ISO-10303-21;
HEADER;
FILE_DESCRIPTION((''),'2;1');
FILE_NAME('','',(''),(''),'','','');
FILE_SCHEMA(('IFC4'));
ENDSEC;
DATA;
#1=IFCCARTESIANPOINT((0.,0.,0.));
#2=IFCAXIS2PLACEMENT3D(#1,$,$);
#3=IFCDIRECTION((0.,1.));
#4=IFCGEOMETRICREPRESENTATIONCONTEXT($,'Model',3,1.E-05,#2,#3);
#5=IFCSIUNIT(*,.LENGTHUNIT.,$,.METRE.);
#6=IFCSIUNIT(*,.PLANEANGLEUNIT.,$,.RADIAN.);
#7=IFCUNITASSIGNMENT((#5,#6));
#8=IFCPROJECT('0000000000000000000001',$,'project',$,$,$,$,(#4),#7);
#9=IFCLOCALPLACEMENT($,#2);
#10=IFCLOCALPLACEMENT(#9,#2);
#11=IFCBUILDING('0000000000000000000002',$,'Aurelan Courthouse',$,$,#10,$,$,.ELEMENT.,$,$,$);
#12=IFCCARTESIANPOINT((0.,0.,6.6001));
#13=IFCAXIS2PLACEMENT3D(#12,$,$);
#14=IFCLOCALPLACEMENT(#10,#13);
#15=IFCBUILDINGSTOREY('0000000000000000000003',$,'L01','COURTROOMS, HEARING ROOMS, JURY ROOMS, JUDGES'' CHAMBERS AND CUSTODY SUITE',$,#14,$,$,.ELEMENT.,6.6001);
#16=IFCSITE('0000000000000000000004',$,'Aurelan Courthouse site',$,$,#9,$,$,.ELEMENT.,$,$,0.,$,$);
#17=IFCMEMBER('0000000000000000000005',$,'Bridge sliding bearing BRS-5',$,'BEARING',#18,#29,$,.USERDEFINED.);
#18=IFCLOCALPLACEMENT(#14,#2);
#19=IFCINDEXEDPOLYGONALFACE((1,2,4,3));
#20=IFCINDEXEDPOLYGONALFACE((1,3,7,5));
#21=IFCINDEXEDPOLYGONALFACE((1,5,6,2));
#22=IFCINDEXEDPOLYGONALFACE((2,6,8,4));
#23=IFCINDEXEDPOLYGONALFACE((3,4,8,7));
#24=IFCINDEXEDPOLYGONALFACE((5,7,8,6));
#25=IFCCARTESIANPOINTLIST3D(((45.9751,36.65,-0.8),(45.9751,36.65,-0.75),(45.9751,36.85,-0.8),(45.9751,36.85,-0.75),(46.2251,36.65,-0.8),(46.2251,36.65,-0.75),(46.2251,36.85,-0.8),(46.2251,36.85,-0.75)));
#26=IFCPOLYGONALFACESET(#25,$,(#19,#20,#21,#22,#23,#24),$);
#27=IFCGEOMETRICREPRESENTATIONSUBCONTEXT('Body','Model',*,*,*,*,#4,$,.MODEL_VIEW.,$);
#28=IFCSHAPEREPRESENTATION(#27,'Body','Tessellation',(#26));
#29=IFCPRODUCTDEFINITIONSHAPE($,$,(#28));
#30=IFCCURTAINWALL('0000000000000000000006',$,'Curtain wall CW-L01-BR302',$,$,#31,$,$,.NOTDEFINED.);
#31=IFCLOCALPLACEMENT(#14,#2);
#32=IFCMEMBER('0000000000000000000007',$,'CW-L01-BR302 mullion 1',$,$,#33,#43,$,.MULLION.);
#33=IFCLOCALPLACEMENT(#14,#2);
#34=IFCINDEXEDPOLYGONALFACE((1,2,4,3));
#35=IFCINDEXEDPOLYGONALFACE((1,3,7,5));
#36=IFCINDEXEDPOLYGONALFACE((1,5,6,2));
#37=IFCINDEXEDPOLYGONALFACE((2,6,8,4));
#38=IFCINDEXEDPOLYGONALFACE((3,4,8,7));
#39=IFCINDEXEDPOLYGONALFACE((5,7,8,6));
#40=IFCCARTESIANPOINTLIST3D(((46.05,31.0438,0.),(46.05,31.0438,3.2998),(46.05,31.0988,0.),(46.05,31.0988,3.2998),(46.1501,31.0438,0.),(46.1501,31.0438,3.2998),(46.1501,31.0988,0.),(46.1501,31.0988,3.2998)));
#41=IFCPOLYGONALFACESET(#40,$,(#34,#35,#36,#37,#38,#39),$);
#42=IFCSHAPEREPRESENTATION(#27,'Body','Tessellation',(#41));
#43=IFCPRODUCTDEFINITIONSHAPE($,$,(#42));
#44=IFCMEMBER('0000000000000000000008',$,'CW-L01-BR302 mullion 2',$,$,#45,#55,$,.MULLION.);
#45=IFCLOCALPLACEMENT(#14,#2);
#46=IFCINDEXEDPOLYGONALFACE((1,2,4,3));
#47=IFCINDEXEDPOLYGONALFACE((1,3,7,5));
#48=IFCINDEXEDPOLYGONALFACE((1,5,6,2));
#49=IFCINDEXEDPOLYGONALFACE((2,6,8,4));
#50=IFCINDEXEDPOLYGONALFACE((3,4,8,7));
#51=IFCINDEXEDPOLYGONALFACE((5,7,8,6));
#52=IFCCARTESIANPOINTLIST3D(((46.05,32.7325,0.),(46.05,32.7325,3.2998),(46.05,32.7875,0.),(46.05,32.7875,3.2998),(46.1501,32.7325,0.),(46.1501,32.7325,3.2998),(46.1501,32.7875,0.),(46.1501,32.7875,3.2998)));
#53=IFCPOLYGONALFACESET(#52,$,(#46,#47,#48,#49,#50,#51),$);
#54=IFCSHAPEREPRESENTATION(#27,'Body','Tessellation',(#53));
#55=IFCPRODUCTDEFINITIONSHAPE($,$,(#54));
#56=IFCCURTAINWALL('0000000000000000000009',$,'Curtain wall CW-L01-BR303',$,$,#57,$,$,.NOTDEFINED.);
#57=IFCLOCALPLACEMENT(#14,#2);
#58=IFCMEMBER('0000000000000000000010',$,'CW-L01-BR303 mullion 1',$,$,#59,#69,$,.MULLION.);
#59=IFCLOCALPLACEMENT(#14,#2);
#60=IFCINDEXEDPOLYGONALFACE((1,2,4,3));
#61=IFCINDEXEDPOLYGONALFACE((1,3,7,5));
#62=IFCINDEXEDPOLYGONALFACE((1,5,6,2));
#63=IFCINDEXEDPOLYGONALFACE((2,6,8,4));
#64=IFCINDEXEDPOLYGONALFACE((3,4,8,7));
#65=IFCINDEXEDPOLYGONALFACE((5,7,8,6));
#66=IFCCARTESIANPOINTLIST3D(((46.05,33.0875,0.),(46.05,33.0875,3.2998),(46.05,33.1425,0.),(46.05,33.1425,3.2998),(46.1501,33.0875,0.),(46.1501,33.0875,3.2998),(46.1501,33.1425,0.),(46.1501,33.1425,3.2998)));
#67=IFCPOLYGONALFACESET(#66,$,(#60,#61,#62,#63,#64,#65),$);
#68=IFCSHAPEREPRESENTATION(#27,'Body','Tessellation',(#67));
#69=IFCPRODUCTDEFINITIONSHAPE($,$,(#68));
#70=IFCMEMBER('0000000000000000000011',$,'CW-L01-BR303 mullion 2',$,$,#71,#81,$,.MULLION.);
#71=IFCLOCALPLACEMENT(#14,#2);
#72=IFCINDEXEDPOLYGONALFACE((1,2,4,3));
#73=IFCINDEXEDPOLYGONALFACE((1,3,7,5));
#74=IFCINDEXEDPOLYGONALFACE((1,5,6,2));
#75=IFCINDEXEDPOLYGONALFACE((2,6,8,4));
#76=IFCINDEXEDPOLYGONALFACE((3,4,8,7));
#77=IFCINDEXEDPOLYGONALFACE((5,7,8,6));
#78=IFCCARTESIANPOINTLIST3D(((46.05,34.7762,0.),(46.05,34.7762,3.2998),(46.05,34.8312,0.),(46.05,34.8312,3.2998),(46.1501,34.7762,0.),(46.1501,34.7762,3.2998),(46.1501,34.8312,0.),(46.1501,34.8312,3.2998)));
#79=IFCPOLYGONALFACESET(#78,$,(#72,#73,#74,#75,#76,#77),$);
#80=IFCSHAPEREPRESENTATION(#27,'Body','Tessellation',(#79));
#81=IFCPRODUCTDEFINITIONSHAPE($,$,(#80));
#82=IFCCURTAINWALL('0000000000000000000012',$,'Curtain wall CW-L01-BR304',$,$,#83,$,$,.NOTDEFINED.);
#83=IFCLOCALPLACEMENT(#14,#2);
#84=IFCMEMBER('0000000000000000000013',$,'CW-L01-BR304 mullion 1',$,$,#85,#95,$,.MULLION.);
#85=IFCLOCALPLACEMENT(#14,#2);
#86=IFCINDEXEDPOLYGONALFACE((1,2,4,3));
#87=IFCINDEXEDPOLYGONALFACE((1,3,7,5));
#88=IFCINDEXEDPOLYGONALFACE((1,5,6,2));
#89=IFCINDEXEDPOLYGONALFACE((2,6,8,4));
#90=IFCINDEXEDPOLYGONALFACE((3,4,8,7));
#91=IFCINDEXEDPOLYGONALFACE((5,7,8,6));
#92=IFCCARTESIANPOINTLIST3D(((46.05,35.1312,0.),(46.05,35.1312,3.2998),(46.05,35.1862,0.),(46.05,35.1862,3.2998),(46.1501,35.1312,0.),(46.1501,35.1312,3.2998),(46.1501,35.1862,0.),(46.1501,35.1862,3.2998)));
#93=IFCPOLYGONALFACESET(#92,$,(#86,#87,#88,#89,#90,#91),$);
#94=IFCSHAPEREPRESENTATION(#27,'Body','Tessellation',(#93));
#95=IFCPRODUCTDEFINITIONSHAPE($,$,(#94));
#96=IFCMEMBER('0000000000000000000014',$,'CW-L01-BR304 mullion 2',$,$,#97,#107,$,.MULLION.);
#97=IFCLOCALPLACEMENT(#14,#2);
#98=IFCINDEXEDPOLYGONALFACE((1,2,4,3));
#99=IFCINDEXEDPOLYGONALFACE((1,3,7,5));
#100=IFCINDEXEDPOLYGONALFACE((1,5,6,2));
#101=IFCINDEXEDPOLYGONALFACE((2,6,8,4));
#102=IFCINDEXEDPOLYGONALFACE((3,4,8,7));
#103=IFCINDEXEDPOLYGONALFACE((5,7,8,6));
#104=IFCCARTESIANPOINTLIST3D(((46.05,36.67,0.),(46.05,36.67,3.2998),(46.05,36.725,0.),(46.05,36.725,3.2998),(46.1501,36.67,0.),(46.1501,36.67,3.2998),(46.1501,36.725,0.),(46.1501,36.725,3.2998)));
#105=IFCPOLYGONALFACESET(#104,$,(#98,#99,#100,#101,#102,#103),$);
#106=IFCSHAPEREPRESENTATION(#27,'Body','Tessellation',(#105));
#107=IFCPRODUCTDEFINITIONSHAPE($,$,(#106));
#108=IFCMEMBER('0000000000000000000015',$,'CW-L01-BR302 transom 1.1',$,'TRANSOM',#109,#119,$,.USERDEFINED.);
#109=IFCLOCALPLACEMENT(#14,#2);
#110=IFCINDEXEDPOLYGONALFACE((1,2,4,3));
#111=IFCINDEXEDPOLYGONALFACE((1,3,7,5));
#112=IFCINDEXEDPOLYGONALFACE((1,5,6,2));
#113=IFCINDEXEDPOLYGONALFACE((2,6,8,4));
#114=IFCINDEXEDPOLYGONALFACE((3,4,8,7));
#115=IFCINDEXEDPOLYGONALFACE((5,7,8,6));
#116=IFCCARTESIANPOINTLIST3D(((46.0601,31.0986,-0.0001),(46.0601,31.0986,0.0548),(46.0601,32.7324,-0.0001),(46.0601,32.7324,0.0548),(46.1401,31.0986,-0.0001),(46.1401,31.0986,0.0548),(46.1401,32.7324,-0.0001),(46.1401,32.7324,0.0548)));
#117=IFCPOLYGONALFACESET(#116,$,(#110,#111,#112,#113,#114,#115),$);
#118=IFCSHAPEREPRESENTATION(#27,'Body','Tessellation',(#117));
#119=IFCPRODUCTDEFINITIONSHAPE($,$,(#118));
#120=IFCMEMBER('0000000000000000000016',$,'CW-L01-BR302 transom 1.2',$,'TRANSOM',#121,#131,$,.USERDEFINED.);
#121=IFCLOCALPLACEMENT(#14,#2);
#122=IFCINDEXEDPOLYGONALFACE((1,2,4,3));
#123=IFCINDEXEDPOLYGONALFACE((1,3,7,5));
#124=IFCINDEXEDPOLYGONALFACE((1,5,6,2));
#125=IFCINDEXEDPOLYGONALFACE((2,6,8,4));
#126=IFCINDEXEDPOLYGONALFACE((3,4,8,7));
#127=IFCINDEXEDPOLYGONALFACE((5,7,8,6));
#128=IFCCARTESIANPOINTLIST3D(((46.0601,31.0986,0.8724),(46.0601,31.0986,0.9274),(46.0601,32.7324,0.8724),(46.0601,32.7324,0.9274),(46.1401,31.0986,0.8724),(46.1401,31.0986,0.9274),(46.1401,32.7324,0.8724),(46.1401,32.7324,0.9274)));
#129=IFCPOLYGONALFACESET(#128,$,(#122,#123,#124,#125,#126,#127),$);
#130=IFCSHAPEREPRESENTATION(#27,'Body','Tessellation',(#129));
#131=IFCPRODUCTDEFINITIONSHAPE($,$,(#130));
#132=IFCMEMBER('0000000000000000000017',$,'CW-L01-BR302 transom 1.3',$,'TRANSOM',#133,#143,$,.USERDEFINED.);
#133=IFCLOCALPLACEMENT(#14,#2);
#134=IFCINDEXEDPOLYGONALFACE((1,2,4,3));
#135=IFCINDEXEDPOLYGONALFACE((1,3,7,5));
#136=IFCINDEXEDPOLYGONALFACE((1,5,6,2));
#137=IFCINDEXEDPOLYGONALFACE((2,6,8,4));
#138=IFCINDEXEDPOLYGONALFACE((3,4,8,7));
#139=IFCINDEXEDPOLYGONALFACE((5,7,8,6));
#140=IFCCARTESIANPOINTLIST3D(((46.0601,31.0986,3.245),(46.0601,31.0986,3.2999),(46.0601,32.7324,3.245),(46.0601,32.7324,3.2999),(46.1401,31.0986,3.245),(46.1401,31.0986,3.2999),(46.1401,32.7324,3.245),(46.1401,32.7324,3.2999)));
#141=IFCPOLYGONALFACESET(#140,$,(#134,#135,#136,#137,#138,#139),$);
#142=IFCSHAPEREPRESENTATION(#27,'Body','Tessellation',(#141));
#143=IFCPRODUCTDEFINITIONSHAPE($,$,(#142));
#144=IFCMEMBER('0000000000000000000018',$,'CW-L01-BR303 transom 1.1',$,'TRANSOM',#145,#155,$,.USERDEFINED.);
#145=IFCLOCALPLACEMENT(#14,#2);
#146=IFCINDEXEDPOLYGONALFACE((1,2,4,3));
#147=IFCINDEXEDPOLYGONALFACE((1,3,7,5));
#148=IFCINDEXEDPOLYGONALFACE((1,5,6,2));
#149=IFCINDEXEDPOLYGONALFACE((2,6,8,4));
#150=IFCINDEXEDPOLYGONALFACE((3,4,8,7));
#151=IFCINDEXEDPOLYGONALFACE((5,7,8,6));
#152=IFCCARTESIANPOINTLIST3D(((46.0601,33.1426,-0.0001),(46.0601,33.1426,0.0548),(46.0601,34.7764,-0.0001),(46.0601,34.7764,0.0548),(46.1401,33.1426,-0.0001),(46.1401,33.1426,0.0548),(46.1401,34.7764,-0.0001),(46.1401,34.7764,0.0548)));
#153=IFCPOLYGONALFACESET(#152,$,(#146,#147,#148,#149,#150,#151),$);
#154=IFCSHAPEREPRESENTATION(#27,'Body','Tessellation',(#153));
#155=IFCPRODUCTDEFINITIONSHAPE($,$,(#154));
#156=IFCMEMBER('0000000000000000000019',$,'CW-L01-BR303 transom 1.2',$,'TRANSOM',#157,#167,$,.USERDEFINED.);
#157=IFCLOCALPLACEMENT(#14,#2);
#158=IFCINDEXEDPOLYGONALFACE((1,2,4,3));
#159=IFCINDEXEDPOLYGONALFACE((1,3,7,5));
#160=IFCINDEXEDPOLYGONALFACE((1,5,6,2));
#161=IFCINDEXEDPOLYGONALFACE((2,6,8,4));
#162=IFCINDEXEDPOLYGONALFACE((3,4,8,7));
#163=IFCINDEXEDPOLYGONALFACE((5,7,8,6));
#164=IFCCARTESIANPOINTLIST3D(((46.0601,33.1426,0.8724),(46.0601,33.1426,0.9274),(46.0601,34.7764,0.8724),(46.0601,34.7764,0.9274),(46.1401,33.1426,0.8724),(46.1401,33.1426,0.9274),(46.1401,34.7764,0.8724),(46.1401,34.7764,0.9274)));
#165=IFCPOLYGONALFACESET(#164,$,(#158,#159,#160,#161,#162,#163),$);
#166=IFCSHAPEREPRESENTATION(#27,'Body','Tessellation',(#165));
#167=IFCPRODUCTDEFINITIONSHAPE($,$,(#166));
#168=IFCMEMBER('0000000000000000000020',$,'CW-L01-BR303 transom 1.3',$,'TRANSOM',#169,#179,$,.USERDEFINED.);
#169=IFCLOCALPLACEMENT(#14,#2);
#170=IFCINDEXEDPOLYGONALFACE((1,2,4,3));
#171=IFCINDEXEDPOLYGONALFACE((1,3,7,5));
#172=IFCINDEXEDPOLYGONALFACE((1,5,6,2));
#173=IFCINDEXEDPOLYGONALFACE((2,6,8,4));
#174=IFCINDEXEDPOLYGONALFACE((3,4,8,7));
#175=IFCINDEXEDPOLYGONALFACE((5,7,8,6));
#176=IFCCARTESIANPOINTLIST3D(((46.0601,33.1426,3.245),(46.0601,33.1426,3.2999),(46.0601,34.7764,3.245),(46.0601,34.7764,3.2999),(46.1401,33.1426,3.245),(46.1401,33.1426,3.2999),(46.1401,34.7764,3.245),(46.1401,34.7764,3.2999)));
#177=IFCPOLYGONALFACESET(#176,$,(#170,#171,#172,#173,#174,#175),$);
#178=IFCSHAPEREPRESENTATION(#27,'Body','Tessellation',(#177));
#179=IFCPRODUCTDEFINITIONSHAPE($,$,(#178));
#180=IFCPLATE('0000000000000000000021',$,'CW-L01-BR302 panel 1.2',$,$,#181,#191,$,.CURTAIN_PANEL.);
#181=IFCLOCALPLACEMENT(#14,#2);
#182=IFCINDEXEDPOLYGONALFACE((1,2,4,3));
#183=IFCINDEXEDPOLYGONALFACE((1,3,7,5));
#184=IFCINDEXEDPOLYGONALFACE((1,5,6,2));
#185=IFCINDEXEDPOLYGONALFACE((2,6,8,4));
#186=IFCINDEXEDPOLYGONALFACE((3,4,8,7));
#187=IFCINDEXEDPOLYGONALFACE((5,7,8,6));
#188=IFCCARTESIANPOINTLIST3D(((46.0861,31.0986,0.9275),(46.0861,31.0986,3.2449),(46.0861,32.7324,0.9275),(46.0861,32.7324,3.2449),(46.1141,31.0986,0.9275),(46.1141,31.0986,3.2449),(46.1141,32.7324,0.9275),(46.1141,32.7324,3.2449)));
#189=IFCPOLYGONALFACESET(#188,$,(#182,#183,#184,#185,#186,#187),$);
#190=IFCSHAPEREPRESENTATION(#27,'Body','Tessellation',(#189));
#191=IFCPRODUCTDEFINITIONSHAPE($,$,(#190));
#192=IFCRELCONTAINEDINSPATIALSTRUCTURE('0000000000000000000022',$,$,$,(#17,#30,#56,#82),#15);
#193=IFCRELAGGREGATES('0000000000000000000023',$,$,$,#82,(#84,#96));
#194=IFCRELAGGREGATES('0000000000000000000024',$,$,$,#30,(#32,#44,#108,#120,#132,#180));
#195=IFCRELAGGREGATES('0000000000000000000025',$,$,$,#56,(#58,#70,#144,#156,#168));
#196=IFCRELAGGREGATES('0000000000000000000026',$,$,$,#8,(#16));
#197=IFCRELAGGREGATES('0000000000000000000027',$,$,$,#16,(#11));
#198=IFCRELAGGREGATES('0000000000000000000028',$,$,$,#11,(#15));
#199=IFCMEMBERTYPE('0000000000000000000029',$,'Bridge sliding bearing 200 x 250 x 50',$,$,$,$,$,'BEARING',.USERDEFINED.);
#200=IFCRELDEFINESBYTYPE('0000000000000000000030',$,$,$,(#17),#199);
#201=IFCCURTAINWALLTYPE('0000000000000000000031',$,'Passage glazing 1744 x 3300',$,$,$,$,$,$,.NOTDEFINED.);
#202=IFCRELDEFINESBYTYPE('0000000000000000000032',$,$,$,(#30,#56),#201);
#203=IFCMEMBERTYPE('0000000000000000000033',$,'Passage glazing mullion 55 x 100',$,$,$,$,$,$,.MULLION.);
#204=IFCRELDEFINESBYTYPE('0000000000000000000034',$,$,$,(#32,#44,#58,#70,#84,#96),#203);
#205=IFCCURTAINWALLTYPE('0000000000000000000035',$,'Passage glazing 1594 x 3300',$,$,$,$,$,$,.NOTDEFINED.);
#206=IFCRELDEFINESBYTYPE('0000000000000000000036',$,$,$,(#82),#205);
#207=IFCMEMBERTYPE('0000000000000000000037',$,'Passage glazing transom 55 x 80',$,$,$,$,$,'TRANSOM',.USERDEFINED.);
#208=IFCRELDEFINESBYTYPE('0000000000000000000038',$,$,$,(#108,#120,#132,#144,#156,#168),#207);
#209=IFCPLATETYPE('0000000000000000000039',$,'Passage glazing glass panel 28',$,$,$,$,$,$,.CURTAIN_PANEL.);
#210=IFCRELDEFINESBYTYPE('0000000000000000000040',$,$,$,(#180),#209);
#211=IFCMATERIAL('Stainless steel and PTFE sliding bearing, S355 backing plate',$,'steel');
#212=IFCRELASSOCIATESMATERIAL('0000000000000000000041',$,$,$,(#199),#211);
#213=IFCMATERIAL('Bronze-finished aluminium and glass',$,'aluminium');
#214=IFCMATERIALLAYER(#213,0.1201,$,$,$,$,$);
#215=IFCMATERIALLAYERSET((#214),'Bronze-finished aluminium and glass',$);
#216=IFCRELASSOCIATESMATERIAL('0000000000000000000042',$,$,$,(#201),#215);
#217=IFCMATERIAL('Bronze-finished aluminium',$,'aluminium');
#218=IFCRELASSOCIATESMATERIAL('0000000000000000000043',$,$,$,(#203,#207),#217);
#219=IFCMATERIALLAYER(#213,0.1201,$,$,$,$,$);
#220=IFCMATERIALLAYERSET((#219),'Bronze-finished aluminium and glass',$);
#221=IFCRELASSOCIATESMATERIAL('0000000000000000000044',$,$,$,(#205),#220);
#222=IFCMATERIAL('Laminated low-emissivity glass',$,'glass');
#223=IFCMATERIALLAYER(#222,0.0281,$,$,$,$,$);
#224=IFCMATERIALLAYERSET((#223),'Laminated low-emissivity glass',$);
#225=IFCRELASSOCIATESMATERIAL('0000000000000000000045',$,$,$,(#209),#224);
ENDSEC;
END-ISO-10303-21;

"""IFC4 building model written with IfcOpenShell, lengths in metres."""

from ifc_helpers import new_model, si_unit, direction, frame, origin, origin_2d, place, context, subcontext, project, spatial, rectangle, extrude, material, layer, layer_set, material_profile, profile_set, type_object, element, aggregate, save


model = new_model("IFC4")

# Units and contexts
model_context = context("Model", 3, precision=1e-05, world=origin(), true_north=direction((0.0, 1.0)))
body_context = subcontext(model_context, "Body", "Model", "MODEL_VIEW")
ifc_project = project(units=[si_unit("LENGTHUNIT", "METRE"), si_unit("PLANEANGLEUNIT", "RADIAN")], contexts=[model_context])

# Site, building, storey
site_placement = place(None, origin())
site = spatial("IfcSite", under=ifc_project, at=site_placement, Name="Aurelan Courthouse site", CompositionType="ELEMENT", RefElevation=0.0)
building_placement = place(site_placement, origin())
building = spatial("IfcBuilding", under=site, at=building_placement, Name="Aurelan Courthouse", CompositionType="ELEMENT")
storey_placement = place(building_placement, frame((0.0, 0.0, 6.6001)))
storey = spatial("IfcBuildingStorey", under=building, at=storey_placement, Name="L01", Description="COURTROOMS, HEARING ROOMS, JURY ROOMS, JUDGES' CHAMBERS AND CUSTODY SUITE", CompositionType="ELEMENT", Elevation=6.6001)

# Member
ifc_material_1 = material(Name="Stainless steel and PTFE sliding bearing, S355 backing plate", Category="steel")
ifc_material_profile_1 = material_profile(ifc_material_1, rectangle(XDim=0.2, YDim=0.25, at=origin_2d()), Name="PL 200 x 250")
ifc_profile_set_1 = profile_set([ifc_material_profile_1], Name="Stainless steel and PTFE sliding bearing, S355 backing plate")
member_type_1 = type_object("IfcMemberType", Name="Bridge sliding bearing 200 x 250 x 50", ElementType="BEARING", PredefinedType="USERDEFINED", material=ifc_profile_set_1)
member_1_placement = place(storey_placement, frame((46.1001, 36.75, -0.8), z_axis=(0.0, 0.0, 1.0), x_axis=(0.0, 1.0, 0.0)))
element("IfcMember", 1, at=member_1_placement, inside=storey, type_object=member_type_1, Name="Bridge sliding bearing BRS-5", ObjectType="BEARING", PredefinedType="USERDEFINED", context=body_context, shape_type="SweptSolid", body=[
    extrude(rectangle(XDim=0.2, YDim=0.25, at=origin_2d()), origin(), (0.0, 0.0, 1.0), 0.05),
])

# Curtain walls, members
ifc_material_2 = material(Name="Bronze-finished aluminium and glass", Category="aluminium")
ifc_layer_1 = layer(ifc_material_2, 0.1201)
ifc_layer_set_1 = layer_set([ifc_layer_1], Name="Bronze-finished aluminium and glass")
curtain_wall_type_1 = type_object("IfcCurtainWallType", Name="Passage glazing 1744 x 3300", PredefinedType="NOTDEFINED", material=ifc_layer_set_1)
curtain_wall_1_placement = place(storey_placement, origin())
curtain_wall_1 = element("IfcCurtainWall", 2, at=curtain_wall_1_placement, inside=storey, type_object=curtain_wall_type_1, Name="Curtain wall CW-L01-BR302", PredefinedType="NOTDEFINED")
ifc_material_3 = material(Name="Bronze-finished aluminium", Category="aluminium")
ifc_material_profile_2 = material_profile(ifc_material_3, rectangle(XDim=0.1001, YDim=0.0549, at=origin_2d()), Name="Passage glazing mullion 55 x 100")
ifc_profile_set_2 = profile_set([ifc_material_profile_2], Name="Bronze-finished aluminium")
member_type_2 = type_object("IfcMemberType", Name="Passage glazing mullion 55 x 100", PredefinedType="MULLION", material=ifc_profile_set_2)
member_2_placement = place(storey_placement, frame((46.1001, 31.0713, 0.0), z_axis=(0.0, 0.0, 1.0), x_axis=(-1.0, 0.0, 0.0)))
member_2 = element("IfcMember", 3, at=member_2_placement, type_object=member_type_2, Name="CW-L01-BR302 mullion 1", PredefinedType="MULLION", context=body_context, shape_type="SweptSolid", body=[
    extrude(rectangle(XDim=0.1001, YDim=0.0549, at=origin_2d()), origin(), (0.0, 0.0, 1.0), 3.2998),
])
member_3_placement = place(storey_placement, frame((46.1001, 32.76, 0.0), z_axis=(0.0, 0.0, 1.0), x_axis=(-1.0, 0.0, 0.0)))
member_3 = element("IfcMember", 4, at=member_3_placement, type_object=member_type_2, Name="CW-L01-BR302 mullion 2", PredefinedType="MULLION", context=body_context, shape_type="SweptSolid", body=[
    extrude(rectangle(XDim=0.1001, YDim=0.0549, at=origin_2d()), origin(), (0.0, 0.0, 1.0), 3.2998),
])
curtain_wall_2_placement = place(storey_placement, origin())
curtain_wall_2 = element("IfcCurtainWall", 5, at=curtain_wall_2_placement, inside=storey, type_object=curtain_wall_type_1, Name="Curtain wall CW-L01-BR303", PredefinedType="NOTDEFINED")
member_4_placement = place(storey_placement, frame((46.1001, 33.115, 0.0), z_axis=(0.0, 0.0, 1.0), x_axis=(-1.0, 0.0, 0.0)))
member_4 = element("IfcMember", 6, at=member_4_placement, type_object=member_type_2, Name="CW-L01-BR303 mullion 1", PredefinedType="MULLION", context=body_context, shape_type="SweptSolid", body=[
    extrude(rectangle(XDim=0.1001, YDim=0.0549, at=origin_2d()), origin(), (0.0, 0.0, 1.0), 3.2998),
])
member_5_placement = place(storey_placement, frame((46.1001, 34.8037, 0.0), z_axis=(0.0, 0.0, 1.0), x_axis=(-1.0, 0.0, 0.0)))
member_5 = element("IfcMember", 7, at=member_5_placement, type_object=member_type_2, Name="CW-L01-BR303 mullion 2", PredefinedType="MULLION", context=body_context, shape_type="SweptSolid", body=[
    extrude(rectangle(XDim=0.1001, YDim=0.0549, at=origin_2d()), origin(), (0.0, 0.0, 1.0), 3.2998),
])
ifc_layer_2 = layer(ifc_material_2, 0.1201)
ifc_layer_set_2 = layer_set([ifc_layer_2], Name="Bronze-finished aluminium and glass")
curtain_wall_type_2 = type_object("IfcCurtainWallType", Name="Passage glazing 1594 x 3300", PredefinedType="NOTDEFINED", material=ifc_layer_set_2)
curtain_wall_3_placement = place(storey_placement, origin())
curtain_wall_3 = element("IfcCurtainWall", 8, at=curtain_wall_3_placement, inside=storey, type_object=curtain_wall_type_2, Name="Curtain wall CW-L01-BR304", PredefinedType="NOTDEFINED")
member_6_placement = place(storey_placement, frame((46.1001, 35.1587, 0.0), z_axis=(0.0, 0.0, 1.0), x_axis=(-1.0, 0.0, 0.0)))
member_6 = element("IfcMember", 9, at=member_6_placement, type_object=member_type_2, Name="CW-L01-BR304 mullion 1", PredefinedType="MULLION", context=body_context, shape_type="SweptSolid", body=[
    extrude(rectangle(XDim=0.1001, YDim=0.0549, at=origin_2d()), origin(), (0.0, 0.0, 1.0), 3.2998),
])
member_7_placement = place(storey_placement, frame((46.1001, 36.6975, 0.0), z_axis=(0.0, 0.0, 1.0), x_axis=(-1.0, 0.0, 0.0)))
member_7 = element("IfcMember", 10, at=member_7_placement, type_object=member_type_2, Name="CW-L01-BR304 mullion 2", PredefinedType="MULLION", context=body_context, shape_type="SweptSolid", body=[
    extrude(rectangle(XDim=0.1001, YDim=0.0549, at=origin_2d()), origin(), (0.0, 0.0, 1.0), 3.2998),
])
aggregate(curtain_wall_3, [member_6, member_7])

# Members
ifc_material_profile_3 = material_profile(ifc_material_3, rectangle(XDim=0.0801, YDim=0.0549, at=origin_2d()), Name="Passage glazing transom 55 x 80")
ifc_profile_set_3 = profile_set([ifc_material_profile_3], Name="Bronze-finished aluminium")
member_type_3 = type_object("IfcMemberType", Name="Passage glazing transom 55 x 80", ElementType="TRANSOM", PredefinedType="USERDEFINED", material=ifc_profile_set_3)
member_8_placement = place(storey_placement, frame((46.1001, 31.0986, 0.0273), z_axis=(0.0, 1.0, 0.0), x_axis=(-1.0, 0.0, 0.0)))
member_8 = element("IfcMember", 11, at=member_8_placement, type_object=member_type_3, Name="CW-L01-BR302 transom 1.1", ObjectType="TRANSOM", PredefinedType="USERDEFINED", context=body_context, shape_type="SweptSolid", body=[
    extrude(rectangle(XDim=0.0801, YDim=0.0549, at=origin_2d()), origin(), (0.0, 0.0, 1.0), 1.6338),
])
member_9_placement = place(storey_placement, frame((46.1001, 31.0986, 0.8999), z_axis=(0.0, 1.0, 0.0), x_axis=(-1.0, 0.0, 0.0)))
member_9 = element("IfcMember", 12, at=member_9_placement, type_object=member_type_3, Name="CW-L01-BR302 transom 1.2", ObjectType="TRANSOM", PredefinedType="USERDEFINED", context=body_context, shape_type="SweptSolid", body=[
    extrude(rectangle(XDim=0.0801, YDim=0.0549, at=origin_2d()), origin(), (0.0, 0.0, 1.0), 1.6338),
])
member_10_placement = place(storey_placement, frame((46.1001, 31.0986, 3.2725), z_axis=(0.0, 1.0, 0.0), x_axis=(-1.0, 0.0, 0.0)))
member_10 = element("IfcMember", 13, at=member_10_placement, type_object=member_type_3, Name="CW-L01-BR302 transom 1.3", ObjectType="TRANSOM", PredefinedType="USERDEFINED", context=body_context, shape_type="SweptSolid", body=[
    extrude(rectangle(XDim=0.0801, YDim=0.0549, at=origin_2d()), origin(), (0.0, 0.0, 1.0), 1.6338),
])
member_11_placement = place(storey_placement, frame((46.1001, 33.1426, 0.0273), z_axis=(0.0, 1.0, 0.0), x_axis=(-1.0, 0.0, 0.0)))
member_11 = element("IfcMember", 14, at=member_11_placement, type_object=member_type_3, Name="CW-L01-BR303 transom 1.1", ObjectType="TRANSOM", PredefinedType="USERDEFINED", context=body_context, shape_type="SweptSolid", body=[
    extrude(rectangle(XDim=0.0801, YDim=0.0549, at=origin_2d()), origin(), (0.0, 0.0, 1.0), 1.6338),
])
member_12_placement = place(storey_placement, frame((46.1001, 33.1426, 0.8999), z_axis=(0.0, 1.0, 0.0), x_axis=(-1.0, 0.0, 0.0)))
member_12 = element("IfcMember", 15, at=member_12_placement, type_object=member_type_3, Name="CW-L01-BR303 transom 1.2", ObjectType="TRANSOM", PredefinedType="USERDEFINED", context=body_context, shape_type="SweptSolid", body=[
    extrude(rectangle(XDim=0.0801, YDim=0.0549, at=origin_2d()), origin(), (0.0, 0.0, 1.0), 1.6338),
])
member_13_placement = place(storey_placement, frame((46.1001, 33.1426, 3.2725), z_axis=(0.0, 1.0, 0.0), x_axis=(-1.0, 0.0, 0.0)))
member_13 = element("IfcMember", 16, at=member_13_placement, type_object=member_type_3, Name="CW-L01-BR303 transom 1.3", ObjectType="TRANSOM", PredefinedType="USERDEFINED", context=body_context, shape_type="SweptSolid", body=[
    extrude(rectangle(XDim=0.0801, YDim=0.0549, at=origin_2d()), origin(), (0.0, 0.0, 1.0), 1.6338),
])

# Plate
ifc_material_4 = material(Name="Laminated low-emissivity glass", Category="glass")
ifc_layer_3 = layer(ifc_material_4, 0.0281)
ifc_layer_set_3 = layer_set([ifc_layer_3], Name="Laminated low-emissivity glass")
plate_type_1 = type_object("IfcPlateType", Name="Passage glazing glass panel 28", PredefinedType="CURTAIN_PANEL", material=ifc_layer_set_3)
plate_1_placement = place(storey_placement, frame((46.1001, 31.9155, 0.9275), z_axis=(0.0, 0.0, 1.0), x_axis=(0.0, 1.0, 0.0)))
plate_1 = element("IfcPlate", 17, at=plate_1_placement, type_object=plate_type_1, Name="CW-L01-BR302 panel 1.2", PredefinedType="CURTAIN_PANEL", context=body_context, shape_type="SweptSolid", body=[
    extrude(rectangle(XDim=1.6338, YDim=0.0281, at=origin_2d()), origin(), (0.0, 0.0, 1.0), 2.3174),
])
aggregate(curtain_wall_1, [member_2, member_3, member_8, member_9, member_10, plate_1])
aggregate(curtain_wall_2, [member_4, member_5, member_11, member_12, member_13])

save(model, "model.ifc")
